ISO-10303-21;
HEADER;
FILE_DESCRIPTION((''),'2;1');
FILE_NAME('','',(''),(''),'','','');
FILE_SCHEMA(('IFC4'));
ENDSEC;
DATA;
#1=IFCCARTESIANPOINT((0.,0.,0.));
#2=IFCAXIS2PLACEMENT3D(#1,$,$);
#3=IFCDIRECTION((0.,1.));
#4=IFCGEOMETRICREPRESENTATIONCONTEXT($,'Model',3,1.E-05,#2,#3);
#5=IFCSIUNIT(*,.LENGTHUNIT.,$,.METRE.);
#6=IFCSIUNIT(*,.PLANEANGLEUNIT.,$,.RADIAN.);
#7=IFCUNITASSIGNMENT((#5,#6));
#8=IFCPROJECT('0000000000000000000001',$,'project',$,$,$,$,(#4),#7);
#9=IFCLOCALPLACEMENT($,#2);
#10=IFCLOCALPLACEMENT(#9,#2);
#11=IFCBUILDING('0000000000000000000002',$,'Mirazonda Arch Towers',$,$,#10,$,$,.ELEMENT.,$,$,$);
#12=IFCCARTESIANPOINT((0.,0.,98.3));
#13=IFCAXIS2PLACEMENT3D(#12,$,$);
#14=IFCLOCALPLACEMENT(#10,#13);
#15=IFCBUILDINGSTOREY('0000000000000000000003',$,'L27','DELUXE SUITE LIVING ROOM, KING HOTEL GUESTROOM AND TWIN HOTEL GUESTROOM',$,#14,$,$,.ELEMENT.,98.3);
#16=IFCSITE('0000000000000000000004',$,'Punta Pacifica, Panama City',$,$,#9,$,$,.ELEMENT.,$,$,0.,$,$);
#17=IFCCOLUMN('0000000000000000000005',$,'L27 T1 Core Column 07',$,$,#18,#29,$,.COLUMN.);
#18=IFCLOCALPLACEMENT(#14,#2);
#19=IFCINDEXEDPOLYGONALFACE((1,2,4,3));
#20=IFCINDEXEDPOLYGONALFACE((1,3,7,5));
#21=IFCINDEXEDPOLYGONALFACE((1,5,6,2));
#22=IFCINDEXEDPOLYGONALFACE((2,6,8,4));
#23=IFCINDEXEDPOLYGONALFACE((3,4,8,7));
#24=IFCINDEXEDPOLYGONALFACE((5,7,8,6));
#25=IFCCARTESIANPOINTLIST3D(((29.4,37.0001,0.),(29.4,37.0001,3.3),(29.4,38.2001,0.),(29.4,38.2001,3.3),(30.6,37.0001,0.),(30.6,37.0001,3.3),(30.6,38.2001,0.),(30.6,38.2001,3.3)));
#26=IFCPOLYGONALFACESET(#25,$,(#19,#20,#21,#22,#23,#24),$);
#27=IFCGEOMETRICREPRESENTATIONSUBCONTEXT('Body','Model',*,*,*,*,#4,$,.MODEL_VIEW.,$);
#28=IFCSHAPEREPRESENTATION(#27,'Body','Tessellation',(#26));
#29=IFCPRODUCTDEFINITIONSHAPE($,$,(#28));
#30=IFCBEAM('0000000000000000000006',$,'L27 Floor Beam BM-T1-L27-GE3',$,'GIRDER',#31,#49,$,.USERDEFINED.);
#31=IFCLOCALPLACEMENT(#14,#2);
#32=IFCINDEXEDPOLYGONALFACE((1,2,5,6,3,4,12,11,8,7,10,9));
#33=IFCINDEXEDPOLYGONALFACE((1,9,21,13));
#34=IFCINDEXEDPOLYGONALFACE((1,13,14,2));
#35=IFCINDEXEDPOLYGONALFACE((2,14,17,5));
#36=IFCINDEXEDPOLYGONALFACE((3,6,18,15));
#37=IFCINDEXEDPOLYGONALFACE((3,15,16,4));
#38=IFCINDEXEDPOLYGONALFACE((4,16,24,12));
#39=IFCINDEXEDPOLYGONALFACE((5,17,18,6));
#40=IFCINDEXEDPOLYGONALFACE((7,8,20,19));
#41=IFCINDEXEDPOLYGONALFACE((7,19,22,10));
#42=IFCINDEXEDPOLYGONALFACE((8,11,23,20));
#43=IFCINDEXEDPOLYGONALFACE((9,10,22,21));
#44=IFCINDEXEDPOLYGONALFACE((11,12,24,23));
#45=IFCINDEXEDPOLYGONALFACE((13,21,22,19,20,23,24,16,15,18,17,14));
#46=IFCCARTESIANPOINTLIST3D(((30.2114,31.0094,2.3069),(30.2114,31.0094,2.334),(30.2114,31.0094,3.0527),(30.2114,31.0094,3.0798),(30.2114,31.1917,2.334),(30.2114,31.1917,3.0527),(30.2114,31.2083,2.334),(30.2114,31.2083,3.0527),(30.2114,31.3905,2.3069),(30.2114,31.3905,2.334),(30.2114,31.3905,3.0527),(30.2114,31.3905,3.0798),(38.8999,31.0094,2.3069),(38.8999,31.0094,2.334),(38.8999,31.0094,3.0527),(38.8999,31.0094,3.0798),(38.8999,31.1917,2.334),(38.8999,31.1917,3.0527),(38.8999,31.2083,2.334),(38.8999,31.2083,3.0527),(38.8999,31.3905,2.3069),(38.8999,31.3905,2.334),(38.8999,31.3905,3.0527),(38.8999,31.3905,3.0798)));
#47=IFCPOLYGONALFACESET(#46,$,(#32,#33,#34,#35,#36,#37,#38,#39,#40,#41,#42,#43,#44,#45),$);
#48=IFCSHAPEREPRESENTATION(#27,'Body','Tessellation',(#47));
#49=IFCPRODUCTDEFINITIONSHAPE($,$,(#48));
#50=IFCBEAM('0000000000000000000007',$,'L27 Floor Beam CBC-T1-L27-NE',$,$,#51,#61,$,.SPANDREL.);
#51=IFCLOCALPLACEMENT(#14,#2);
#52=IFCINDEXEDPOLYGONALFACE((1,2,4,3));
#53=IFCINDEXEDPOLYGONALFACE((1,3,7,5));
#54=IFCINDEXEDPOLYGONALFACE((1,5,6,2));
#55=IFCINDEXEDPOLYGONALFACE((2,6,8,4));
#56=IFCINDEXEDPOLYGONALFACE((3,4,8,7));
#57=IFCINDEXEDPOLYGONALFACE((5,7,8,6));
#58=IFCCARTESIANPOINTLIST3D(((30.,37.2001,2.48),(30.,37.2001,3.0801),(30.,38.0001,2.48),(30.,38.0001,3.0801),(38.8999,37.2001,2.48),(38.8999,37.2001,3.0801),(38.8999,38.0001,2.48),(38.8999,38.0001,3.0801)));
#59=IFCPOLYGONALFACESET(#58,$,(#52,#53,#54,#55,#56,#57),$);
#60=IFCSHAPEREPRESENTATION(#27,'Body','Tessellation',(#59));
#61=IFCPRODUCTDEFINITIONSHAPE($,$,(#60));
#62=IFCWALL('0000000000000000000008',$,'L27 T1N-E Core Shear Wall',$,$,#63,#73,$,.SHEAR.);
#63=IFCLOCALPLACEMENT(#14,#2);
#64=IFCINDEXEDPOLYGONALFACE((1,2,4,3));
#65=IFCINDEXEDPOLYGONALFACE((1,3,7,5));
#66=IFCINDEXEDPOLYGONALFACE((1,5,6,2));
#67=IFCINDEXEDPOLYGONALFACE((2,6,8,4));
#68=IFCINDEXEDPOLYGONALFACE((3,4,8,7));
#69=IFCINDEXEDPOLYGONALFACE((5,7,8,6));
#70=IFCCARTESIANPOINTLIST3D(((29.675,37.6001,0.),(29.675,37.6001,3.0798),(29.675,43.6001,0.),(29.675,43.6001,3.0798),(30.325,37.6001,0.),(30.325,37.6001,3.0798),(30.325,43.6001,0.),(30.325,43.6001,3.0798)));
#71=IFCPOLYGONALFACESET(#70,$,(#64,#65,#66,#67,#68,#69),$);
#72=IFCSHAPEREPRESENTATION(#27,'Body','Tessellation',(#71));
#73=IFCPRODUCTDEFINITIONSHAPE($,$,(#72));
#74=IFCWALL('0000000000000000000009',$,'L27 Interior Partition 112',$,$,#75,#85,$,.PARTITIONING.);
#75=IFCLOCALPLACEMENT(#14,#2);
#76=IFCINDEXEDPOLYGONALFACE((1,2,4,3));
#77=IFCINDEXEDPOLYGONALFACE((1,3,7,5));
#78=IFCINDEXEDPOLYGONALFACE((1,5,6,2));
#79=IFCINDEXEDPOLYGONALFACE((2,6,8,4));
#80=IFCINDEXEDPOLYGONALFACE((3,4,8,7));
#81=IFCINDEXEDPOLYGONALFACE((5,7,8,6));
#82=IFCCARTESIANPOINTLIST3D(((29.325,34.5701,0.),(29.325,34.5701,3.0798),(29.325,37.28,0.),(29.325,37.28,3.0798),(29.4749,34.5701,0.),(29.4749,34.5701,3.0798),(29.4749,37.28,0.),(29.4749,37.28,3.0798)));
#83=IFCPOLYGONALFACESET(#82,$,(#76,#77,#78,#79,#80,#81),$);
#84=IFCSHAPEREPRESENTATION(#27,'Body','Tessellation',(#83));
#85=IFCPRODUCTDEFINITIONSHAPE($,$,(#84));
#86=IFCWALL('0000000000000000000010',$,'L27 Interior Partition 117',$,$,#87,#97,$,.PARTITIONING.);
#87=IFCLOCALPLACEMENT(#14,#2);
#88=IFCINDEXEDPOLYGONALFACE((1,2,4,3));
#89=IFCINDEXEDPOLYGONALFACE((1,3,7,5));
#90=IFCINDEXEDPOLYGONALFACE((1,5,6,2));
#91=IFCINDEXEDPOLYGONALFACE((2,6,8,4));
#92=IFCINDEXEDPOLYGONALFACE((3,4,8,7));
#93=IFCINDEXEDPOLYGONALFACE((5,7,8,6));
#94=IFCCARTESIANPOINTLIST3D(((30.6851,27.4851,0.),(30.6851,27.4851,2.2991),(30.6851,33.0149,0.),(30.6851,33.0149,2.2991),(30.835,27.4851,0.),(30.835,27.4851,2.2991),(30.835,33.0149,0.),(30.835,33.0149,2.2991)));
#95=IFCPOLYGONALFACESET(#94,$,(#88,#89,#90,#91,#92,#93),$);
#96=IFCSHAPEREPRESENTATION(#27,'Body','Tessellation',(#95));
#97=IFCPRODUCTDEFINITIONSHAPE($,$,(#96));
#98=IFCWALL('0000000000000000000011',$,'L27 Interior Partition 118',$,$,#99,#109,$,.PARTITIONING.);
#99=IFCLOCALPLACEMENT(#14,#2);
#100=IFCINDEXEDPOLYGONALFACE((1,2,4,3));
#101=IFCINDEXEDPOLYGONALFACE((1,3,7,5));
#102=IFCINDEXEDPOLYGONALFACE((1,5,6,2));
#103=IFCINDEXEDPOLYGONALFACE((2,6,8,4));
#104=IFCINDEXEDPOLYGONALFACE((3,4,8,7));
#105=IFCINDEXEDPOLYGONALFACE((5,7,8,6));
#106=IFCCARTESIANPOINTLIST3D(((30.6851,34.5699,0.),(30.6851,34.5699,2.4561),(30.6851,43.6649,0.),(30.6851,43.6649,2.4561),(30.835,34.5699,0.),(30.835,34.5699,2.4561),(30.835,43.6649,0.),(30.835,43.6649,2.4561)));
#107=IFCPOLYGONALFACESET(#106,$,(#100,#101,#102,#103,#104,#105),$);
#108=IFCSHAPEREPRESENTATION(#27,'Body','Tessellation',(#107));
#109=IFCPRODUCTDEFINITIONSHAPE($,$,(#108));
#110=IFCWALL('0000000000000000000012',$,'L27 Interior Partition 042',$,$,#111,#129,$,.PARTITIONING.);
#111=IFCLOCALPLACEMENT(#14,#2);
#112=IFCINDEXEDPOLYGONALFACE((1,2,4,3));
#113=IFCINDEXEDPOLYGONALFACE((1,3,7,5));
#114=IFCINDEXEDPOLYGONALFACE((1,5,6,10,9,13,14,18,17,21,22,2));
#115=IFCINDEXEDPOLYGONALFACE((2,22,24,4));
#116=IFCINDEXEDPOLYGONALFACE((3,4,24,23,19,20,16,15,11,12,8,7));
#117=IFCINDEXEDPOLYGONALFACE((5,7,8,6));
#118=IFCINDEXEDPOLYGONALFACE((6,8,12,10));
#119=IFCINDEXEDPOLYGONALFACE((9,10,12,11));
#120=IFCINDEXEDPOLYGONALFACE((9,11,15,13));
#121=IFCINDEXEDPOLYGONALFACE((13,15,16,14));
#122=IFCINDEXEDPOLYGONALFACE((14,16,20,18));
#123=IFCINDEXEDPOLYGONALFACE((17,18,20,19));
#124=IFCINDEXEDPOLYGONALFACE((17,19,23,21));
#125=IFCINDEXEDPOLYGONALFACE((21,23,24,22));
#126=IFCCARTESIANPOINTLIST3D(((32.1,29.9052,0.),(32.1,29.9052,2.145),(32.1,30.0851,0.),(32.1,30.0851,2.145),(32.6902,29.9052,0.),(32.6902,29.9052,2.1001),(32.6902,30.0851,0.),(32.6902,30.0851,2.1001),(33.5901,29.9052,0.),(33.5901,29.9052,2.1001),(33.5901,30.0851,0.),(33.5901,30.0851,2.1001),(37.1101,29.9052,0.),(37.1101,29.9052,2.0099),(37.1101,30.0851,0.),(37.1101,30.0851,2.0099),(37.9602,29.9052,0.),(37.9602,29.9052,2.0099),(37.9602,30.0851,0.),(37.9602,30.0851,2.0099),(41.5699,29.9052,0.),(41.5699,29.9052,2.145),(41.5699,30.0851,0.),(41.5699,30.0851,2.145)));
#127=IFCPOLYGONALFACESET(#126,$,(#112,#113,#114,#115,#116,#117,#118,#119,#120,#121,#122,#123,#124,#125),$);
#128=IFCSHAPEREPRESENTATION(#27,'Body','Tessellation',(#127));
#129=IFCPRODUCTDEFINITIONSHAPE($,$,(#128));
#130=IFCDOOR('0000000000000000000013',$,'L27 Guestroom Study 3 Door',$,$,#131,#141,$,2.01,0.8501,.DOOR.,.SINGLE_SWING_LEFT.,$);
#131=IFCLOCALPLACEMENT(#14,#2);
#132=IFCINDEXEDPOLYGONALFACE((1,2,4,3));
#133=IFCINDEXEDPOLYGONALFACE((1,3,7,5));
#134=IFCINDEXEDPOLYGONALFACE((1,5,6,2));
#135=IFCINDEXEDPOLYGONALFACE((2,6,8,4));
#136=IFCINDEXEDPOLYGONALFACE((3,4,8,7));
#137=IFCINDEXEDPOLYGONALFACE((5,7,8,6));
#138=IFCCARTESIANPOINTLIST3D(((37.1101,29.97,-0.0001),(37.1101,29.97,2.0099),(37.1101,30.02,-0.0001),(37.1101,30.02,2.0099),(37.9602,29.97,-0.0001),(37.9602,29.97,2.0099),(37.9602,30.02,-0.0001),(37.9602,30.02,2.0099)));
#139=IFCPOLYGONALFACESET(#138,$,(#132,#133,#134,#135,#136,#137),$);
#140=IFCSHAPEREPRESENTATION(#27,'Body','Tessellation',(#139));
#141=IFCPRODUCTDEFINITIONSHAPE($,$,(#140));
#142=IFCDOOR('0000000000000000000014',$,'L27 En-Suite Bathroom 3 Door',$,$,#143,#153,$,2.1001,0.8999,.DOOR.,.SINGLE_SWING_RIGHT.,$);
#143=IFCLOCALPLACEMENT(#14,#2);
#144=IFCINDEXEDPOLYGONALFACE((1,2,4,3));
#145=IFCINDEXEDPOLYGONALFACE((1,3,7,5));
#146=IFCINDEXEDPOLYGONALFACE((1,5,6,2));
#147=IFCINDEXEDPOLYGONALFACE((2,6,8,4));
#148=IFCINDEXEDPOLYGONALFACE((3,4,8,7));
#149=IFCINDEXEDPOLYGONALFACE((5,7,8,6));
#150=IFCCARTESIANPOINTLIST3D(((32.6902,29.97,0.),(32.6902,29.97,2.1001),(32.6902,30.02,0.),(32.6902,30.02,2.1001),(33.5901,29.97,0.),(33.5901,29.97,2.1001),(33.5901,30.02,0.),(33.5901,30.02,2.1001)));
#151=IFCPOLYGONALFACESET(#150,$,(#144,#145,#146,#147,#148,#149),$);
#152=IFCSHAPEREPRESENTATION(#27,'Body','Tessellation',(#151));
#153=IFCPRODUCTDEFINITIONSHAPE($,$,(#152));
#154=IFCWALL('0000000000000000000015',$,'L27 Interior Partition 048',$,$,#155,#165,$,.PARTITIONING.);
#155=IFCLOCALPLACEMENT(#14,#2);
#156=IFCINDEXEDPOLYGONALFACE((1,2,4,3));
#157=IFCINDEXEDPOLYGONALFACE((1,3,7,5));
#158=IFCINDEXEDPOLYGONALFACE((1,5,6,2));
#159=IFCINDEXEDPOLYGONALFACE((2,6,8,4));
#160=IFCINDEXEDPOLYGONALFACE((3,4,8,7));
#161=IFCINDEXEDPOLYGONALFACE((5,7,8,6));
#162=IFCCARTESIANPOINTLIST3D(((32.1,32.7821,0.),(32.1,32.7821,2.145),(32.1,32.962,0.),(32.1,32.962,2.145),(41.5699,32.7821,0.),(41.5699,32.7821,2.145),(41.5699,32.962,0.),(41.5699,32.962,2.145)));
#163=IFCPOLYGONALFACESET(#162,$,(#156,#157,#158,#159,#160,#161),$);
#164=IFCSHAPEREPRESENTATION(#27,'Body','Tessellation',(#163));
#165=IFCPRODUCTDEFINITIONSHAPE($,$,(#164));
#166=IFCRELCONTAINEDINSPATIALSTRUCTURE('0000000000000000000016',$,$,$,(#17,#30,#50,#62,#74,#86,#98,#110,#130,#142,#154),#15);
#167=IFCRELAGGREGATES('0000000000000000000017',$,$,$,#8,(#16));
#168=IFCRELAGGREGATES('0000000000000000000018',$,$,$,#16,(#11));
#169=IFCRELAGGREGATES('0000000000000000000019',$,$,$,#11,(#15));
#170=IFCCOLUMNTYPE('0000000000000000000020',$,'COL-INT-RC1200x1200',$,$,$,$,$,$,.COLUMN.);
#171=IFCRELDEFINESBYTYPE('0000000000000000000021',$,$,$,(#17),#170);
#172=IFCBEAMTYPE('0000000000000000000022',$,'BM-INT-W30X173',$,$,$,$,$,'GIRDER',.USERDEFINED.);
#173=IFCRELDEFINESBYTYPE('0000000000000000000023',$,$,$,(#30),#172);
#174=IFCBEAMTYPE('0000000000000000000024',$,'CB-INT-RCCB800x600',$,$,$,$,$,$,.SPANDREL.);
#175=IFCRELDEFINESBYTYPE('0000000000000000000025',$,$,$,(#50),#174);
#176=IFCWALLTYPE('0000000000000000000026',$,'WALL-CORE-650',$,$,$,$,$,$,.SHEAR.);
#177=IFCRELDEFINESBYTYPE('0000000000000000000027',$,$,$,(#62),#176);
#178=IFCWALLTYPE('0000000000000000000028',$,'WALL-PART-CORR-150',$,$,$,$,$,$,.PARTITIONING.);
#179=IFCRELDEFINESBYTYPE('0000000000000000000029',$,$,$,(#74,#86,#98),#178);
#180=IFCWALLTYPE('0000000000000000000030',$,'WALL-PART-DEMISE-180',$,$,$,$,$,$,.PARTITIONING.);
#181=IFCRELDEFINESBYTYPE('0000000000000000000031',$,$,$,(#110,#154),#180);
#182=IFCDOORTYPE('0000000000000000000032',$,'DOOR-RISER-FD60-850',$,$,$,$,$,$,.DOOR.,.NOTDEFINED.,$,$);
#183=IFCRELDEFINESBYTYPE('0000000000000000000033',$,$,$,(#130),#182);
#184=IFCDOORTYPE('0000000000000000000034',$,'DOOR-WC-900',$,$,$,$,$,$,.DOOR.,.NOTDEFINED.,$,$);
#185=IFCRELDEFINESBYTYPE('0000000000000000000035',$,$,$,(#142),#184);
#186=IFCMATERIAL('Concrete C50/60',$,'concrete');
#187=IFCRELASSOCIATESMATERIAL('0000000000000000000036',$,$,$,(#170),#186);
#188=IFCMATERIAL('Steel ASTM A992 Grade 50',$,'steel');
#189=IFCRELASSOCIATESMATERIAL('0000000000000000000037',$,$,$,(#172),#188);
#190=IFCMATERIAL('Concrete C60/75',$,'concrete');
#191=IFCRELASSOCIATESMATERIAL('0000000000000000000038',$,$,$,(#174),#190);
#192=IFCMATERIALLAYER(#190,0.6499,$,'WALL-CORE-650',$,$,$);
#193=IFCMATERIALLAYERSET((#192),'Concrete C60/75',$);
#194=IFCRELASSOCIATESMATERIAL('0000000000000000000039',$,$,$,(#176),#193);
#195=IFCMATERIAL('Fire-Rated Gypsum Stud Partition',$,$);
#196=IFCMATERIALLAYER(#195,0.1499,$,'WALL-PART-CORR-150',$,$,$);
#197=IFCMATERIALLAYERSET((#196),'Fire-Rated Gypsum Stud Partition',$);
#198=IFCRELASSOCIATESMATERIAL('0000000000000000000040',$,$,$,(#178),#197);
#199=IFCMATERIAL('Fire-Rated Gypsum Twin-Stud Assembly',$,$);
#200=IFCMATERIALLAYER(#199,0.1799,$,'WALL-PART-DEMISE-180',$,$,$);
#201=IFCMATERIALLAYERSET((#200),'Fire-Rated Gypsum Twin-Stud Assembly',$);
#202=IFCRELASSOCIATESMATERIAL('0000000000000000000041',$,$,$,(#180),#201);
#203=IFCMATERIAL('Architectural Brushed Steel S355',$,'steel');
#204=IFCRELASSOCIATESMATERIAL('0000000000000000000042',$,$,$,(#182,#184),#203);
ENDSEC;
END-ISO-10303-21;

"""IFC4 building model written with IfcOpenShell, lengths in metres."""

from ifc_helpers import new_model, si_unit, direction, frame, frame_2d, origin, origin_2d, place, context, subcontext, project, spatial, rectangle, i_section, extrude, material, layer, layer_set, material_profile, profile_set, type_object, element, fill, save


model = new_model("IFC4")

# Units and contexts
model_context = context("Model", 3, precision=1e-05, world=origin(), true_north=direction((0.0, 1.0)))
body_context = subcontext(model_context, "Body", "Model", "MODEL_VIEW")
ifc_project = project(units=[si_unit("LENGTHUNIT", "METRE"), si_unit("PLANEANGLEUNIT", "RADIAN")], contexts=[model_context])

# Site, building, storey
site_placement = place(None, origin())
site = spatial("IfcSite", under=ifc_project, at=site_placement, Name="Punta Pacifica, Panama City", CompositionType="ELEMENT", RefElevation=0.0)
building_placement = place(site_placement, origin())
building = spatial("IfcBuilding", under=site, at=building_placement, Name="Mirazonda Arch Towers", CompositionType="ELEMENT")
storey_placement = place(building_placement, frame((0.0, 0.0, 98.3)))
storey = spatial("IfcBuildingStorey", under=building, at=storey_placement, Name="L27", Description="DELUXE SUITE LIVING ROOM, KING HOTEL GUESTROOM AND TWIN HOTEL GUESTROOM", CompositionType="ELEMENT", Elevation=98.3)

# Column
ifc_material_1 = material(Name="Concrete C50/60", Category="concrete")
ifc_material_profile_1 = material_profile(ifc_material_1, rectangle(XDim=1.2, YDim=1.2, at=origin_2d()), Name="RC1200x1200")
ifc_profile_set_1 = profile_set([ifc_material_profile_1], Name="Concrete C50/60")
column_type = type_object("IfcColumnType", Name="COL-INT-RC1200x1200", PredefinedType="COLUMN", material=ifc_profile_set_1)
column_placement = place(storey_placement, frame((30.0, 37.6001, 0.0), z_axis=(0.0, 0.0, 1.0), x_axis=(1.0, 0.0, 0.0)))
element("IfcColumn", 1, at=column_placement, inside=storey, type_object=column_type, Name="L27 T1 Core Column 07", PredefinedType="COLUMN", context=body_context, shape_type="SweptSolid", body=[
    extrude(rectangle(XDim=1.2, YDim=1.2, at=origin_2d()), origin(), (0.0, 0.0, 1.0), 3.3),
])

# Beams
ifc_material_2 = material(Name="Steel ASTM A992 Grade 50", Category="steel")
ifc_material_profile_2 = material_profile(ifc_material_2, i_section(OverallWidth=0.3811, OverallDepth=0.7729, WebThickness=0.0166, FlangeThickness=0.0271, at=origin_2d()), Name="W30X173")
ifc_profile_set_2 = profile_set([ifc_material_profile_2], Name="Steel ASTM A992 Grade 50")
beam_type_1 = type_object("IfcBeamType", Name="BM-INT-W30X173", ElementType="GIRDER", PredefinedType="USERDEFINED", material=ifc_profile_set_2)
beam_1_placement = place(storey_placement, frame((30.2114, 31.2, 2.6934), z_axis=(1.0, 0.0, 0.0), x_axis=(0.0, 1.0, 0.0)))
element("IfcBeam", 2, at=beam_1_placement, inside=storey, type_object=beam_type_1, Name="L27 Floor Beam BM-T1-L27-GE3", ObjectType="GIRDER", PredefinedType="USERDEFINED", context=body_context, shape_type="SweptSolid", body=[
    extrude(i_section(OverallWidth=0.3811, OverallDepth=0.7729, WebThickness=0.0166, FlangeThickness=0.0271, at=origin_2d()), origin(), (0.0, 0.0, 1.0), 8.6885),
])
ifc_material_3 = material(Name="Concrete C60/75", Category="concrete")
ifc_material_profile_3 = material_profile(ifc_material_3, rectangle(XDim=0.8, YDim=0.6001, at=origin_2d()), Name="RCCB800x600")
ifc_profile_set_3 = profile_set([ifc_material_profile_3], Name="Concrete C60/75")
beam_type_2 = type_object("IfcBeamType", Name="CB-INT-RCCB800x600", PredefinedType="SPANDREL", material=ifc_profile_set_3)
beam_2_placement = place(storey_placement, frame((30.0, 37.6001, 2.78), z_axis=(1.0, 0.0, 0.0), x_axis=(0.0, 1.0, 0.0)))
element("IfcBeam", 3, at=beam_2_placement, inside=storey, type_object=beam_type_2, Name="L27 Floor Beam CBC-T1-L27-NE", PredefinedType="SPANDREL", context=body_context, shape_type="SweptSolid", body=[
    extrude(rectangle(XDim=0.8, YDim=0.6001, at=origin_2d()), origin(), (0.0, 0.0, 1.0), 8.8999),
])

# Walls
ifc_layer_1 = layer(ifc_material_3, 0.6499, Name="WALL-CORE-650")
ifc_layer_set_1 = layer_set([ifc_layer_1], Name="Concrete C60/75")
wall_type_1 = type_object("IfcWallType", Name="WALL-CORE-650", PredefinedType="SHEAR", material=ifc_layer_set_1)
wall_1_placement = place(storey_placement, frame((30.0, 37.6001, 0.0), z_axis=(0.0, 0.0, 1.0), x_axis=(0.0, 1.0, 0.0)))
element("IfcWall", 4, at=wall_1_placement, inside=storey, type_object=wall_type_1, Name="L27 T1N-E Core Shear Wall", PredefinedType="SHEAR", context=body_context, shape_type="SweptSolid", body=[
    extrude(rectangle(XDim=6.0, YDim=0.6499, at=frame_2d((3.0, 0.0))), origin(), (0.0, 0.0, 1.0), 3.0798),
])
ifc_material_4 = material(Name="Fire-Rated Gypsum Stud Partition")
ifc_layer_2 = layer(ifc_material_4, 0.1499, Name="WALL-PART-CORR-150")
ifc_layer_set_2 = layer_set([ifc_layer_2], Name="Fire-Rated Gypsum Stud Partition")
wall_type_2 = type_object("IfcWallType", Name="WALL-PART-CORR-150", PredefinedType="PARTITIONING", material=ifc_layer_set_2)
wall_2_placement = place(storey_placement, frame((29.3999, 34.5701, 0.0), z_axis=(0.0, 0.0, 1.0), x_axis=(0.0, 1.0, 0.0)))
element("IfcWall", 5, at=wall_2_placement, inside=storey, type_object=wall_type_2, Name="L27 Interior Partition 112", PredefinedType="PARTITIONING", context=body_context, shape_type="SweptSolid", body=[
    extrude(rectangle(XDim=2.71, YDim=0.1499, at=frame_2d((1.355, 0.0))), origin(), (0.0, 0.0, 1.0), 3.0798),
])
wall_3_placement = place(storey_placement, frame((30.76, 27.4851, 0.0), z_axis=(0.0, 0.0, 1.0), x_axis=(0.0, 1.0, 0.0)))
element("IfcWall", 6, at=wall_3_placement, inside=storey, type_object=wall_type_2, Name="L27 Interior Partition 117", PredefinedType="PARTITIONING", context=body_context, shape_type="SweptSolid", body=[
    extrude(rectangle(XDim=5.5298, YDim=0.1499, at=frame_2d((2.7649, 0.0))), origin(), (0.0, 0.0, 1.0), 2.2991),
])
wall_4_placement = place(storey_placement, frame((30.76, 34.5701, 0.0), z_axis=(0.0, 0.0, 1.0), x_axis=(0.0, 1.0, 0.0)))
element("IfcWall", 7, at=wall_4_placement, inside=storey, type_object=wall_type_2, Name="L27 Interior Partition 118", PredefinedType="PARTITIONING", context=body_context, shape_type="SweptSolid", body=[
    extrude(rectangle(XDim=9.095, YDim=0.1499, at=frame_2d((4.5474, 0.0))), origin(), (0.0, 0.0, 1.0), 2.4561),
])

# Wall, openings, doors
ifc_material_5 = material(Name="Fire-Rated Gypsum Twin-Stud Assembly")
ifc_layer_3 = layer(ifc_material_5, 0.1799, Name="WALL-PART-DEMISE-180")
ifc_layer_set_3 = layer_set([ifc_layer_3], Name="Fire-Rated Gypsum Twin-Stud Assembly")
wall_type_3 = type_object("IfcWallType", Name="WALL-PART-DEMISE-180", PredefinedType="PARTITIONING", material=ifc_layer_set_3)
wall_5_placement = place(storey_placement, frame((32.1001, 29.9951, 0.0), z_axis=(0.0, 0.0, 1.0), x_axis=(1.0, 0.0, 0.0)))
wall_5 = element("IfcWall", 8, at=wall_5_placement, inside=storey, type_object=wall_type_3, Name="L27 Interior Partition 042", PredefinedType="PARTITIONING", context=body_context, shape_type="SweptSolid", body=[
    extrude(rectangle(XDim=9.47, YDim=0.1799, at=frame_2d((4.7349, 0.0))), origin(), (0.0, 0.0, 1.0), 2.145),
])
opening_1_placement = place(wall_5_placement, frame((5.01, 0.0, 0.0)))
opening_1 = element("IfcOpeningElement", 9, at=opening_1_placement, cuts=wall_5, PredefinedType="OPENING", context=body_context, shape_type="SweptSolid", body=[
    extrude(rectangle(XDim=0.8501, YDim=2.01, at=frame_2d((0.425, 1.0049))), frame((0.0, 0.0999, 0.0), z_axis=(0.0, -1.0, 0.0), x_axis=(1.0, 0.0, 0.0)), (0.0, 0.0, 1.0), 0.2),
])
opening_2_placement = place(wall_5_placement, frame((0.5901, 0.0, 0.0)))
opening_2 = element("IfcOpeningElement", 10, at=opening_2_placement, cuts=wall_5, PredefinedType="OPENING", context=body_context, shape_type="SweptSolid", body=[
    extrude(rectangle(XDim=0.8999, YDim=2.1001, at=frame_2d((0.45, 1.05))), frame((0.0, 0.0999, 0.0), z_axis=(0.0, -1.0, 0.0), x_axis=(1.0, 0.0, 0.0)), (0.0, 0.0, 1.0), 0.2),
])
ifc_material_6 = material(Name="Architectural Brushed Steel S355", Category="steel")
door_type_1 = type_object("IfcDoorType", Name="DOOR-RISER-FD60-850", OperationType="NOTDEFINED", PredefinedType="DOOR", material=ifc_material_6)
door_1_placement = place(opening_1_placement, origin())
door_1 = element("IfcDoor", 11, at=door_1_placement, inside=storey, type_object=door_type_1, Name="L27 Guestroom Study 3 Door", OperationType="SINGLE_SWING_LEFT", OverallHeight=2.01, OverallWidth=0.8501, PredefinedType="DOOR", context=body_context, shape_type="SweptSolid", body=[
    extrude(rectangle(XDim=0.8501, YDim=2.01, at=frame_2d((0.425, 1.0049))), frame((0.0, 0.0249, 0.0), z_axis=(0.0, -1.0, 0.0), x_axis=(1.0, 0.0, 0.0)), (0.0, 0.0, 1.0), 0.05),
])
fill(opening_1, door_1)
door_type_2 = type_object("IfcDoorType", Name="DOOR-WC-900", OperationType="NOTDEFINED", PredefinedType="DOOR", material=ifc_material_6)
door_2_placement = place(opening_2_placement, origin())
door_2 = element("IfcDoor", 12, at=door_2_placement, inside=storey, type_object=door_type_2, Name="L27 En-Suite Bathroom 3 Door", OperationType="SINGLE_SWING_RIGHT", OverallHeight=2.1001, OverallWidth=0.8999, PredefinedType="DOOR", context=body_context, shape_type="SweptSolid", body=[
    extrude(rectangle(XDim=0.8999, YDim=2.1001, at=frame_2d((0.45, 1.05))), frame((0.0, 0.0249, 0.0), z_axis=(0.0, -1.0, 0.0), x_axis=(1.0, 0.0, 0.0)), (0.0, 0.0, 1.0), 0.05),
])
fill(opening_2, door_2)

# Wall
wall_6_placement = place(storey_placement, frame((32.1001, 32.8721, 0.0), z_axis=(0.0, 0.0, 1.0), x_axis=(1.0, 0.0, 0.0)))
element("IfcWall", 13, at=wall_6_placement, inside=storey, type_object=wall_type_3, Name="L27 Interior Partition 048", PredefinedType="PARTITIONING", context=body_context, shape_type="SweptSolid", body=[
    extrude(rectangle(XDim=9.47, YDim=0.1799, at=frame_2d((4.7349, 0.0))), origin(), (0.0, 0.0, 1.0), 2.145),
])

save(model, "model.ifc")
